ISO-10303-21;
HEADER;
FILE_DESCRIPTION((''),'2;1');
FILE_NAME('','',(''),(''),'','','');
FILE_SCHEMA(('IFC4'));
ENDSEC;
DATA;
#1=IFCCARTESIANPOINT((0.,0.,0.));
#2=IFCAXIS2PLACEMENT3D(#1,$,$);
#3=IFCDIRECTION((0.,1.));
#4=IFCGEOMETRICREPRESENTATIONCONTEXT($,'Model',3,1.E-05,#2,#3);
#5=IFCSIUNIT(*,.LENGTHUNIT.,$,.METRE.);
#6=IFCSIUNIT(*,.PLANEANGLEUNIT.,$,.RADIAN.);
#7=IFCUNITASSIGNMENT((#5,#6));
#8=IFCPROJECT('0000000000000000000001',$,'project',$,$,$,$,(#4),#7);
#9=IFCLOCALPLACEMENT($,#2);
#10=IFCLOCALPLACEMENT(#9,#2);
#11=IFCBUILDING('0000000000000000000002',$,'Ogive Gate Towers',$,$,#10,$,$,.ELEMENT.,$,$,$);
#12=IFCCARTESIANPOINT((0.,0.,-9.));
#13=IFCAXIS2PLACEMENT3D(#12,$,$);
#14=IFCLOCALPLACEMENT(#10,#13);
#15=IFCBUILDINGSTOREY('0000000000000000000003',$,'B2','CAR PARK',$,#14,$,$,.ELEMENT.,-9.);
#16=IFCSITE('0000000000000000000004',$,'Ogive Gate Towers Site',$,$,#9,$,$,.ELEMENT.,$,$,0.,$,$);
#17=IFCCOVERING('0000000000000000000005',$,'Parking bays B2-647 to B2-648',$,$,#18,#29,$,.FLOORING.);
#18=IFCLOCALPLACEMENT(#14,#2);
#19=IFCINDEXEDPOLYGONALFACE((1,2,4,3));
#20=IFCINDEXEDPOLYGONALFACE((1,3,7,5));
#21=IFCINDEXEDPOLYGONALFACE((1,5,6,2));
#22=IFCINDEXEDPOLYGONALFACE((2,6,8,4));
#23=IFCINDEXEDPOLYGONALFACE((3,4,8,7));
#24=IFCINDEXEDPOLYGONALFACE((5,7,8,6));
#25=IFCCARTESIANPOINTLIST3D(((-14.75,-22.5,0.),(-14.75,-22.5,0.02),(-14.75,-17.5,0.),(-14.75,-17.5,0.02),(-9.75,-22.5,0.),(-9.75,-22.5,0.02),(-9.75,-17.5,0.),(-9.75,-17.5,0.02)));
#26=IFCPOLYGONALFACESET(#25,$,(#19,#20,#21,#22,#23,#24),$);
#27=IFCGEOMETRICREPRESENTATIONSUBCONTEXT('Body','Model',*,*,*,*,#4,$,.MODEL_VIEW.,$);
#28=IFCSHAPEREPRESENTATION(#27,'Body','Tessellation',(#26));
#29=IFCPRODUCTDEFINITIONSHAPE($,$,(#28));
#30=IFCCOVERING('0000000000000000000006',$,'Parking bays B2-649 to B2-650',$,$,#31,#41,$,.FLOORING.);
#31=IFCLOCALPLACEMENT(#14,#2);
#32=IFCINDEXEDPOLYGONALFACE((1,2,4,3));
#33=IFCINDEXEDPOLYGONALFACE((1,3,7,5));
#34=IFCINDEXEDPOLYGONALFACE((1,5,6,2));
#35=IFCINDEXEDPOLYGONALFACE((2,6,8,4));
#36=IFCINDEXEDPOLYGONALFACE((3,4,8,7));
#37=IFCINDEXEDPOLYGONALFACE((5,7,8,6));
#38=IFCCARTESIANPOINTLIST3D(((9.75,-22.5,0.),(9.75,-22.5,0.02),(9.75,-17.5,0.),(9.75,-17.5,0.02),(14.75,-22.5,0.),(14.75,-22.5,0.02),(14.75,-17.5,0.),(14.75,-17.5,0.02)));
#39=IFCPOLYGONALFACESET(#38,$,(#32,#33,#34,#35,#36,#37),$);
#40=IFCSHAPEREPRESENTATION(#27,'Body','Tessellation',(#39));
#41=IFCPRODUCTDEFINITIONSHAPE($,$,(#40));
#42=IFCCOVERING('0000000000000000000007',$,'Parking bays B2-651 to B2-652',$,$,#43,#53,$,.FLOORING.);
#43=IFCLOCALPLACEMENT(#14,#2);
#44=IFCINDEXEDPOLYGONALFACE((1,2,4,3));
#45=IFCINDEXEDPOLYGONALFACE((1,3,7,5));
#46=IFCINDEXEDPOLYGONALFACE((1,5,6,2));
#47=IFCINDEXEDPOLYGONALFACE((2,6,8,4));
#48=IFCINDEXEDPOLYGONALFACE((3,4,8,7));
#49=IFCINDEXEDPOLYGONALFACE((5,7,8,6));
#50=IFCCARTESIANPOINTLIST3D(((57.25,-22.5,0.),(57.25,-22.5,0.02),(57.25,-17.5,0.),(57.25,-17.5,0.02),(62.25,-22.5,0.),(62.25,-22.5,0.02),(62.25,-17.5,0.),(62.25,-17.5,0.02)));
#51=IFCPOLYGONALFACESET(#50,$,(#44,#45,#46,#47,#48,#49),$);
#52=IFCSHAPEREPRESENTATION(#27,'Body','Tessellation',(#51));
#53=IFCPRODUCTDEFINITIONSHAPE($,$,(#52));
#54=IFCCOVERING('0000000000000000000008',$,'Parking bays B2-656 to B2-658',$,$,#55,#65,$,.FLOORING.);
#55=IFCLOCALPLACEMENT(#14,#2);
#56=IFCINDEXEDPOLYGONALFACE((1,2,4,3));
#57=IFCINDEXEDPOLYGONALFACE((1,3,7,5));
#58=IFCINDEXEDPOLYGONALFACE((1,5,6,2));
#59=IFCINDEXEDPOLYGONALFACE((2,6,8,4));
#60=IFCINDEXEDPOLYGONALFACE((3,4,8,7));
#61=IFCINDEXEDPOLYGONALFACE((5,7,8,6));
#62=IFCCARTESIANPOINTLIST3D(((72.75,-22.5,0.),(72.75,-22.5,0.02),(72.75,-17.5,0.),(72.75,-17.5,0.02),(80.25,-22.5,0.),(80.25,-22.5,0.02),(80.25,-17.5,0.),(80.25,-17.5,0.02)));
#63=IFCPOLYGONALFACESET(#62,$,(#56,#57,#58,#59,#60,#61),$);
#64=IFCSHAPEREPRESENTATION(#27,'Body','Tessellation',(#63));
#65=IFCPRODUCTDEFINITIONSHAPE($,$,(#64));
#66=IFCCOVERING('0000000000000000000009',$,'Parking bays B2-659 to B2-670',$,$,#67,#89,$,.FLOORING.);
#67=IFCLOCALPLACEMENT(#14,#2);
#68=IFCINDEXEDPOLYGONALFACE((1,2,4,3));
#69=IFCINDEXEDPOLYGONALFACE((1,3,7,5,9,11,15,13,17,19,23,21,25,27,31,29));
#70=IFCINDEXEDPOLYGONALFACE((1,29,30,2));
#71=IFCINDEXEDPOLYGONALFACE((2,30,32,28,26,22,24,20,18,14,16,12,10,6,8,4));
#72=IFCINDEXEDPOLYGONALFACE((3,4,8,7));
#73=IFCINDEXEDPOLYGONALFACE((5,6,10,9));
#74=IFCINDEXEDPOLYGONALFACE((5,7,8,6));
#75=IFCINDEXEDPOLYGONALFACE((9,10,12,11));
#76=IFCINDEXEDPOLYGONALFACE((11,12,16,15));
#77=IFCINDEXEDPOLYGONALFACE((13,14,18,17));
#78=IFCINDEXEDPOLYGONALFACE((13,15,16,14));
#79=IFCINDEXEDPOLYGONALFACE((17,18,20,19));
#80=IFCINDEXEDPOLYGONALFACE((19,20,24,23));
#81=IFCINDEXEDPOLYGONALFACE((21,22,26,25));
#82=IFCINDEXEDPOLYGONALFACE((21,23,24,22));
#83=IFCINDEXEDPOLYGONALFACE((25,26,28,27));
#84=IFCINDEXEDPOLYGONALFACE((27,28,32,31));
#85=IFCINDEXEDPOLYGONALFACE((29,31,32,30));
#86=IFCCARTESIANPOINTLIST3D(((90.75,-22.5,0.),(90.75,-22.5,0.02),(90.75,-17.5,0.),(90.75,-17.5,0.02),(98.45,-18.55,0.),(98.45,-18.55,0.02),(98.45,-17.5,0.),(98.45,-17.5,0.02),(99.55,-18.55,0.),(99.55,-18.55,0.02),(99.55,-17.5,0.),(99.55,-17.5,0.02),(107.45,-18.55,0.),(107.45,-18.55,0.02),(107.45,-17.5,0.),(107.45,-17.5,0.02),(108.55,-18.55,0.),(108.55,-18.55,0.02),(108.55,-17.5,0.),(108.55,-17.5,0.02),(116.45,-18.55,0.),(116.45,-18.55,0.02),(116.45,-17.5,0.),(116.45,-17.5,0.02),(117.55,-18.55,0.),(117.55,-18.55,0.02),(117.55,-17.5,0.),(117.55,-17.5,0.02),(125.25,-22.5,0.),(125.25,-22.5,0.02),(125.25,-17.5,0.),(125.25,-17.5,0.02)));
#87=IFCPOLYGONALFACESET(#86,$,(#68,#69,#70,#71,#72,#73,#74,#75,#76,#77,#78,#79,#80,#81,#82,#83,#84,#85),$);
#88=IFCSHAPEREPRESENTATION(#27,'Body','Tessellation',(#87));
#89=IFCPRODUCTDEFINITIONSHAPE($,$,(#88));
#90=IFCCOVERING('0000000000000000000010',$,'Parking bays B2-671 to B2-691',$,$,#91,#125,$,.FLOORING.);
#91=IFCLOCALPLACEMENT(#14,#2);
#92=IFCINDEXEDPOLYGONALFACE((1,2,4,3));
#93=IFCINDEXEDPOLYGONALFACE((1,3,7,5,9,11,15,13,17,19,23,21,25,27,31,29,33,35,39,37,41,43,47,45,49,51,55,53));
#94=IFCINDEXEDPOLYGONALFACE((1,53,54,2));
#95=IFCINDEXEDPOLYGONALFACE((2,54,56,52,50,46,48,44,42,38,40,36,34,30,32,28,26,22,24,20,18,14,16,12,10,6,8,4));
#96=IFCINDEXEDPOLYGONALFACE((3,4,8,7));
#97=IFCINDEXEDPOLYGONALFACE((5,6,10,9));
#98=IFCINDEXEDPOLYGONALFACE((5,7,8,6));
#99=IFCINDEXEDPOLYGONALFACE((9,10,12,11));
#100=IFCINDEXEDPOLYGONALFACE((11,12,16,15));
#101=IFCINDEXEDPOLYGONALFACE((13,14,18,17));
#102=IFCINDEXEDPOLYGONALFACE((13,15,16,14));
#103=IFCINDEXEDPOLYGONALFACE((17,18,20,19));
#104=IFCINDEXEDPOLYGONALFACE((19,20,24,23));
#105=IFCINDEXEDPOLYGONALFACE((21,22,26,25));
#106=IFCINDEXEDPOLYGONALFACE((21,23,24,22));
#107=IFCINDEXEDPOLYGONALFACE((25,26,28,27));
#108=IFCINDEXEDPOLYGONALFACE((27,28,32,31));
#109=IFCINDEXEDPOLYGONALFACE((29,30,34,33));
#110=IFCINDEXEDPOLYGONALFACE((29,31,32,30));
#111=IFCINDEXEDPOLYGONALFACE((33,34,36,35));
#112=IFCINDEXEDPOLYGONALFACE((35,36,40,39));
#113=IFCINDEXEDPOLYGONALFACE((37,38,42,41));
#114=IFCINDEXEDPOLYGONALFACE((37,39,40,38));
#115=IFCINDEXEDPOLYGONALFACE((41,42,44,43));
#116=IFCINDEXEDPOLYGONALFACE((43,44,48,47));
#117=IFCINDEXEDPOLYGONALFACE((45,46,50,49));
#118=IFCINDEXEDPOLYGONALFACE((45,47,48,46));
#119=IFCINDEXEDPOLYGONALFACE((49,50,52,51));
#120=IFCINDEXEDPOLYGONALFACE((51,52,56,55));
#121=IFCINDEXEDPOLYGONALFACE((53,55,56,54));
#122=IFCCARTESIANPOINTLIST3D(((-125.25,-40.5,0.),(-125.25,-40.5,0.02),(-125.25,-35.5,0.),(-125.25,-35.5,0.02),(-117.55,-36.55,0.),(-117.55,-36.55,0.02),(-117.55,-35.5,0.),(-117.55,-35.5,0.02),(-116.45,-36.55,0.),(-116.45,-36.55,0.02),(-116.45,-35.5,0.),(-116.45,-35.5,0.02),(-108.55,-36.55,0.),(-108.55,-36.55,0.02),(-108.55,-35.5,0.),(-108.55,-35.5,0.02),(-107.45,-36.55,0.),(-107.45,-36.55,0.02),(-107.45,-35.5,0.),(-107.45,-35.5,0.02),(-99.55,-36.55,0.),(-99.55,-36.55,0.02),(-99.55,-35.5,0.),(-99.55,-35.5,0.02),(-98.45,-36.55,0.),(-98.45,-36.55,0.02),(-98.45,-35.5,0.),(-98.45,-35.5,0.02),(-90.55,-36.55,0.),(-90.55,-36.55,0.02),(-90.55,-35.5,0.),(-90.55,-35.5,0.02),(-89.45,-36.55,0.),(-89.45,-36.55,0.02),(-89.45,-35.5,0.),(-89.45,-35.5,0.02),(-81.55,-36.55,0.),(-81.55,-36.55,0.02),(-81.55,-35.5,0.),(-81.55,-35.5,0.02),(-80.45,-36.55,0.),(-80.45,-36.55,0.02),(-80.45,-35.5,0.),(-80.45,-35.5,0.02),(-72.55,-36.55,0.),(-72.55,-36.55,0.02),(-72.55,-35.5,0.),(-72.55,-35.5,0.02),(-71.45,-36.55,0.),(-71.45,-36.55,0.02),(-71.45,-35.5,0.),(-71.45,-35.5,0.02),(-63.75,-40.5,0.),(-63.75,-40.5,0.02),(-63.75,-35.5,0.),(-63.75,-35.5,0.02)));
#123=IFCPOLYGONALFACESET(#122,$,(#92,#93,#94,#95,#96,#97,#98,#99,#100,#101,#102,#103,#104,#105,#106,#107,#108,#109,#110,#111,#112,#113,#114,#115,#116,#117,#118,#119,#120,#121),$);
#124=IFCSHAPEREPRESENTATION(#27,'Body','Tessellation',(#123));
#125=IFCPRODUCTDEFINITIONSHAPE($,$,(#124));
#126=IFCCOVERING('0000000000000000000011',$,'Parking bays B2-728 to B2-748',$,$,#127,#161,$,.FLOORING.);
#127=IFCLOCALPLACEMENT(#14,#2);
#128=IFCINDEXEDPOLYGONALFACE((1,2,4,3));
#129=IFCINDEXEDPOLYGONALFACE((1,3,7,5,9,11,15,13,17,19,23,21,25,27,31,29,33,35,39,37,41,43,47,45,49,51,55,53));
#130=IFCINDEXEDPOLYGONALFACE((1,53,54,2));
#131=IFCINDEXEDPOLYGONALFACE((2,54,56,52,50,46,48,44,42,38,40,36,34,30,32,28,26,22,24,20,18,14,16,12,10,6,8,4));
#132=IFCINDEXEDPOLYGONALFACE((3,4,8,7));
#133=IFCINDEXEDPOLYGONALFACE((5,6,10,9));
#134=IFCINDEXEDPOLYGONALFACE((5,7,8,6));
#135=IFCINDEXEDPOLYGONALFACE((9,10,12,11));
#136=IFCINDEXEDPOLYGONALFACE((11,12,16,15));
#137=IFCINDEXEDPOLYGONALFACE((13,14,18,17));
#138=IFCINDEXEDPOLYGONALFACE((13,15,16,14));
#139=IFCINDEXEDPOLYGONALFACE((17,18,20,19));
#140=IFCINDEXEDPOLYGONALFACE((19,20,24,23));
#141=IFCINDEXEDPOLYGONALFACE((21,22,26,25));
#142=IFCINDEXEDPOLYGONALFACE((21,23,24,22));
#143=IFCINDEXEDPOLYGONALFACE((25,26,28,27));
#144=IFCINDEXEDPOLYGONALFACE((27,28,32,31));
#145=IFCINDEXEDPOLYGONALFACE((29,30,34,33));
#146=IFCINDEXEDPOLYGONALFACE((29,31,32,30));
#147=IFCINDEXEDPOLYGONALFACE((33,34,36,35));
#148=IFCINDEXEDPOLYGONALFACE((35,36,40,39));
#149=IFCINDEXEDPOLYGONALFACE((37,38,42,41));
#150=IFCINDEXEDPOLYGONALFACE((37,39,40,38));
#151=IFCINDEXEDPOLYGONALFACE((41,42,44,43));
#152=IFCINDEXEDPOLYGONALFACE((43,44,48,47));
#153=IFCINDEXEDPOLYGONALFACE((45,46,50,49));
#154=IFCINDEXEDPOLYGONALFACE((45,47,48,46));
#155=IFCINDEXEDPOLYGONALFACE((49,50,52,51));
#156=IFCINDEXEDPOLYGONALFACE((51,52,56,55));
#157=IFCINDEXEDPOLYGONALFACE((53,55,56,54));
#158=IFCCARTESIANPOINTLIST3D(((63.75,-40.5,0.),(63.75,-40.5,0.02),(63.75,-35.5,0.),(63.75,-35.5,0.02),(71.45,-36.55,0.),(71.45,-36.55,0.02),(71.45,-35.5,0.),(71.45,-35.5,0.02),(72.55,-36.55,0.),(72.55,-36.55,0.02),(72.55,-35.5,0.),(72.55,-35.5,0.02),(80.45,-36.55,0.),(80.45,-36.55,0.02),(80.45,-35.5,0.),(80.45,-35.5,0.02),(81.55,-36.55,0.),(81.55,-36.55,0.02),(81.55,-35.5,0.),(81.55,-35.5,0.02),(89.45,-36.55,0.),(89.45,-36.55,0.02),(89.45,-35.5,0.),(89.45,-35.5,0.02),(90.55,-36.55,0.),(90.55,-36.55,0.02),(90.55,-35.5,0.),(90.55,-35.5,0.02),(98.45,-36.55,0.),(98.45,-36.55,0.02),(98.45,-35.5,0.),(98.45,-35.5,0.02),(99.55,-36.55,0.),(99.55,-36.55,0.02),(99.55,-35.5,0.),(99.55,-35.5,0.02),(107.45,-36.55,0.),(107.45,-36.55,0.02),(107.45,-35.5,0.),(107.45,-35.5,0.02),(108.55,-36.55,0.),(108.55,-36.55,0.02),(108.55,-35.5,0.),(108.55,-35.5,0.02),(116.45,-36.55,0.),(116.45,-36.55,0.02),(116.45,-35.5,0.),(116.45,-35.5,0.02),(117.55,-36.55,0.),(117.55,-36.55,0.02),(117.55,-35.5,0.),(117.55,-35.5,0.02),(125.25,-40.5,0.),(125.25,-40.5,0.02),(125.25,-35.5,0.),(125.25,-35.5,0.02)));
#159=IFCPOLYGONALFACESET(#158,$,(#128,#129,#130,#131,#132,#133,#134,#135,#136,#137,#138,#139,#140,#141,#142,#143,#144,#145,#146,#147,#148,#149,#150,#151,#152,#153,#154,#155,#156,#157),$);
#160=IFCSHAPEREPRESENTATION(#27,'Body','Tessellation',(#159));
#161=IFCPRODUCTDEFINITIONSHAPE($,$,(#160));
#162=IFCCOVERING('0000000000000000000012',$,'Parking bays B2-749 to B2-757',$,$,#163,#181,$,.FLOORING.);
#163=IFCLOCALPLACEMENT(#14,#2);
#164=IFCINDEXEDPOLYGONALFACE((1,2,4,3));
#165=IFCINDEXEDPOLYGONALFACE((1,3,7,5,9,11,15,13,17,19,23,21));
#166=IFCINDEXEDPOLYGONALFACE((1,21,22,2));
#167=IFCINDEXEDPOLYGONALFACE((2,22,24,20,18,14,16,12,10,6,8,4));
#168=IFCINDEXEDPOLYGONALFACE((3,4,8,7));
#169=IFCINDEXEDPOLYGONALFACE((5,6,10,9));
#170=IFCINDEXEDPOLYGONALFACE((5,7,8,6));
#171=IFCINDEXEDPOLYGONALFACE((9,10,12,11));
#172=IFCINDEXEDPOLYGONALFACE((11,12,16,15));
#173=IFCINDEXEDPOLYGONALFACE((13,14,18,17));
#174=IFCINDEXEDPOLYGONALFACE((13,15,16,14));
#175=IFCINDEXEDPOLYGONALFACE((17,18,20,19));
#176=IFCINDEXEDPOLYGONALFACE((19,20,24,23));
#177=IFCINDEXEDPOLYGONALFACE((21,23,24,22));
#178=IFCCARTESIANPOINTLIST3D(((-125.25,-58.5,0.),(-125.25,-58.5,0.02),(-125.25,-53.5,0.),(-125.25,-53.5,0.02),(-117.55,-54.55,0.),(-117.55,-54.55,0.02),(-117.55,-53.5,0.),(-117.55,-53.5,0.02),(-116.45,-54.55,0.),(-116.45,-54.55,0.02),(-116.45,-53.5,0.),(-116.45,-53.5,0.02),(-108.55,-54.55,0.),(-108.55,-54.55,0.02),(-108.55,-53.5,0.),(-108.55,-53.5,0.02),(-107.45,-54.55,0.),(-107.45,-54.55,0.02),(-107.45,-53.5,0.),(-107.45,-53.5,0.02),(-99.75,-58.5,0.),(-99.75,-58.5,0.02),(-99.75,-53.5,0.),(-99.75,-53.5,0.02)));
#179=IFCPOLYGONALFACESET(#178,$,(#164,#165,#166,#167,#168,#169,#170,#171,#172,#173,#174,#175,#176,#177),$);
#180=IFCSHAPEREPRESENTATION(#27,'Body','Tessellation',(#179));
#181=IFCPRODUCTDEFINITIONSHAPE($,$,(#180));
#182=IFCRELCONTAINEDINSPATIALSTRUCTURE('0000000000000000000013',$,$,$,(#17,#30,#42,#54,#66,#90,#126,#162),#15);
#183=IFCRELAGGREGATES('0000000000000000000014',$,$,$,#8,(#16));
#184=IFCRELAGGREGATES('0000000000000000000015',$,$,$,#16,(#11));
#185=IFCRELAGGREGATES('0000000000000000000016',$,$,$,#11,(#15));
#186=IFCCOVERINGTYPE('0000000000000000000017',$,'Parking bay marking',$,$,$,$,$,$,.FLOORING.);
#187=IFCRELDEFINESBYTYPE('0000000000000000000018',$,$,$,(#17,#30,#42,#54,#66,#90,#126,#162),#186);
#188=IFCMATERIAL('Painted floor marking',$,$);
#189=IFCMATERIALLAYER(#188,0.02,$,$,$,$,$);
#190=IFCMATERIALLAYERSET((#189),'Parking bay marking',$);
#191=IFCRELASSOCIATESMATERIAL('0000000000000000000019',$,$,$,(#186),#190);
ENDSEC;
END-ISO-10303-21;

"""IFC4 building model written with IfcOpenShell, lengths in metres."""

from ifc_helpers import new_model, si_unit, direction, frame, origin, place, context, subcontext, project, spatial, polyline, outline, extrude, material, layer, layer_set, type_object, element, save


model = new_model("IFC4")

# Units and contexts
model_context = context("Model", 3, precision=1e-05, world=origin(), true_north=direction((0.0, 1.0)))
body_context = subcontext(model_context, "Body", "Model", "MODEL_VIEW")
ifc_project = project(units=[si_unit("LENGTHUNIT", "METRE"), si_unit("PLANEANGLEUNIT", "RADIAN")], contexts=[model_context])

# Site, building, storey
site_placement = place(None, origin())
site = spatial("IfcSite", under=ifc_project, at=site_placement, Name="Ogive Gate Towers Site", CompositionType="ELEMENT", RefElevation=0.0)
building_placement = place(site_placement, origin())
building = spatial("IfcBuilding", under=site, at=building_placement, Name="Ogive Gate Towers", CompositionType="ELEMENT")
storey_placement = place(building_placement, frame((0.0, 0.0, -9.0)))
storey = spatial("IfcBuildingStorey", under=building, at=storey_placement, Name="B2", Description="CAR PARK", CompositionType="ELEMENT", Elevation=-9.0)

# Coverings
ifc_material_1 = material(Name="Painted floor marking")
ifc_layer_1 = layer(ifc_material_1, 0.02)
ifc_layer_set_1 = layer_set([ifc_layer_1], Name="Parking bay marking")
covering_type_1 = type_object("IfcCoveringType", Name="Parking bay marking", PredefinedType="FLOORING", material=ifc_layer_set_1)
covering_1_placement = place(storey_placement, origin())
element("IfcCovering", 1, at=covering_1_placement, inside=storey, type_object=covering_type_1, Name="Parking bays B2-647 to B2-648", PredefinedType="FLOORING", context=body_context, shape_type="SweptSolid", body=[
    extrude(outline(polyline([(-14.75, -17.5), (-9.75, -17.5), (-9.75, -22.5), (-14.75, -22.5), (-14.75, -17.5)])), origin(), (0.0, 0.0, 1.0), 0.02),
])
covering_2_placement = place(storey_placement, origin())
element("IfcCovering", 2, at=covering_2_placement, inside=storey, type_object=covering_type_1, Name="Parking bays B2-649 to B2-650", PredefinedType="FLOORING", context=body_context, shape_type="SweptSolid", body=[
    extrude(outline(polyline([(9.75, -22.5), (9.75, -17.5), (14.75, -17.5), (14.75, -22.5), (9.75, -22.5)])), origin(), (0.0, 0.0, 1.0), 0.02),
])
covering_3_placement = place(storey_placement, origin())
element("IfcCovering", 3, at=covering_3_placement, inside=storey, type_object=covering_type_1, Name="Parking bays B2-651 to B2-652", PredefinedType="FLOORING", context=body_context, shape_type="SweptSolid", body=[
    extrude(outline(polyline([(62.25, -17.5), (62.25, -22.5), (57.25, -22.5), (57.25, -17.5), (62.25, -17.5)])), origin(), (0.0, 0.0, 1.0), 0.02),
])
covering_4_placement = place(storey_placement, origin())
element("IfcCovering", 4, at=covering_4_placement, inside=storey, type_object=covering_type_1, Name="Parking bays B2-656 to B2-658", PredefinedType="FLOORING", context=body_context, shape_type="SweptSolid", body=[
    extrude(outline(polyline([(72.75, -17.5), (80.25, -17.5), (80.25, -22.5), (72.75, -22.5), (72.75, -17.5)])), origin(), (0.0, 0.0, 1.0), 0.02),
])
covering_5_placement = place(storey_placement, origin())
element("IfcCovering", 5, at=covering_5_placement, inside=storey, type_object=covering_type_1, Name="Parking bays B2-659 to B2-670", PredefinedType="FLOORING", context=body_context, shape_type="SweptSolid", body=[
    extrude(outline(polyline([(90.75, -17.5), (98.45, -17.5), (98.45, -18.55), (99.55, -18.55), (99.55, -17.5), (107.45, -17.5), (107.45, -18.55), (108.55, -18.55), (108.55, -17.5), (116.45, -17.5), (116.45, -18.55), (117.55, -18.55), (117.55, -17.5), (125.25, -17.5), (125.25, -22.5), (90.75, -22.5), (90.75, -17.5)])), origin(), (0.0, 0.0, 1.0), 0.02),
])
covering_6_placement = place(storey_placement, origin())
element("IfcCovering", 6, at=covering_6_placement, inside=storey, type_object=covering_type_1, Name="Parking bays B2-671 to B2-691", PredefinedType="FLOORING", context=body_context, shape_type="SweptSolid", body=[
    extrude(outline(polyline([(-125.25, -35.5), (-117.55, -35.5), (-117.55, -36.55), (-116.45, -36.55), (-116.45, -35.5), (-108.55, -35.5), (-108.55, -36.55), (-107.45, -36.55), (-107.45, -35.5), (-99.55, -35.5), (-99.55, -36.55), (-98.45, -36.55), (-98.45, -35.5), (-90.55, -35.5), (-90.55, -36.55), (-89.45, -36.55), (-89.45, -35.5), (-81.55, -35.5), (-81.55, -36.55), (-80.45, -36.55), (-80.45, -35.5), (-72.55, -35.5), (-72.55, -36.55), (-71.45, -36.55), (-71.45, -35.5), (-63.75, -35.5), (-63.75, -40.5), (-125.25, -40.5), (-125.25, -35.5)])), origin(), (0.0, 0.0, 1.0), 0.02),
])
covering_7_placement = place(storey_placement, origin())
element("IfcCovering", 7, at=covering_7_placement, inside=storey, type_object=covering_type_1, Name="Parking bays B2-728 to B2-748", PredefinedType="FLOORING", context=body_context, shape_type="SweptSolid", body=[
    extrude(outline(polyline([(63.75, -35.5), (71.45, -35.5), (71.45, -36.55), (72.55, -36.55), (72.55, -35.5), (80.45, -35.5), (80.45, -36.55), (81.55, -36.55), (81.55, -35.5), (89.45, -35.5), (89.45, -36.55), (90.55, -36.55), (90.55, -35.5), (98.45, -35.5), (98.45, -36.55), (99.55, -36.55), (99.55, -35.5), (107.45, -35.5), (107.45, -36.55), (108.55, -36.55), (108.55, -35.5), (116.45, -35.5), (116.45, -36.55), (117.55, -36.55), (117.55, -35.5), (125.25, -35.5), (125.25, -40.5), (63.75, -40.5), (63.75, -35.5)])), origin(), (0.0, 0.0, 1.0), 0.02),
])
covering_8_placement = place(storey_placement, origin())
element("IfcCovering", 8, at=covering_8_placement, inside=storey, type_object=covering_type_1, Name="Parking bays B2-749 to B2-757", PredefinedType="FLOORING", context=body_context, shape_type="SweptSolid", body=[
    extrude(outline(polyline([(-117.55, -53.5), (-117.55, -54.55), (-116.45, -54.55), (-116.45, -53.5), (-108.55, -53.5), (-108.55, -54.55), (-107.45, -54.55), (-107.45, -53.5), (-99.75, -53.5), (-99.75, -58.5), (-125.25, -58.5), (-125.25, -53.5), (-117.55, -53.5)])), origin(), (0.0, 0.0, 1.0), 0.02),
])

save(model, "model.ifc")
